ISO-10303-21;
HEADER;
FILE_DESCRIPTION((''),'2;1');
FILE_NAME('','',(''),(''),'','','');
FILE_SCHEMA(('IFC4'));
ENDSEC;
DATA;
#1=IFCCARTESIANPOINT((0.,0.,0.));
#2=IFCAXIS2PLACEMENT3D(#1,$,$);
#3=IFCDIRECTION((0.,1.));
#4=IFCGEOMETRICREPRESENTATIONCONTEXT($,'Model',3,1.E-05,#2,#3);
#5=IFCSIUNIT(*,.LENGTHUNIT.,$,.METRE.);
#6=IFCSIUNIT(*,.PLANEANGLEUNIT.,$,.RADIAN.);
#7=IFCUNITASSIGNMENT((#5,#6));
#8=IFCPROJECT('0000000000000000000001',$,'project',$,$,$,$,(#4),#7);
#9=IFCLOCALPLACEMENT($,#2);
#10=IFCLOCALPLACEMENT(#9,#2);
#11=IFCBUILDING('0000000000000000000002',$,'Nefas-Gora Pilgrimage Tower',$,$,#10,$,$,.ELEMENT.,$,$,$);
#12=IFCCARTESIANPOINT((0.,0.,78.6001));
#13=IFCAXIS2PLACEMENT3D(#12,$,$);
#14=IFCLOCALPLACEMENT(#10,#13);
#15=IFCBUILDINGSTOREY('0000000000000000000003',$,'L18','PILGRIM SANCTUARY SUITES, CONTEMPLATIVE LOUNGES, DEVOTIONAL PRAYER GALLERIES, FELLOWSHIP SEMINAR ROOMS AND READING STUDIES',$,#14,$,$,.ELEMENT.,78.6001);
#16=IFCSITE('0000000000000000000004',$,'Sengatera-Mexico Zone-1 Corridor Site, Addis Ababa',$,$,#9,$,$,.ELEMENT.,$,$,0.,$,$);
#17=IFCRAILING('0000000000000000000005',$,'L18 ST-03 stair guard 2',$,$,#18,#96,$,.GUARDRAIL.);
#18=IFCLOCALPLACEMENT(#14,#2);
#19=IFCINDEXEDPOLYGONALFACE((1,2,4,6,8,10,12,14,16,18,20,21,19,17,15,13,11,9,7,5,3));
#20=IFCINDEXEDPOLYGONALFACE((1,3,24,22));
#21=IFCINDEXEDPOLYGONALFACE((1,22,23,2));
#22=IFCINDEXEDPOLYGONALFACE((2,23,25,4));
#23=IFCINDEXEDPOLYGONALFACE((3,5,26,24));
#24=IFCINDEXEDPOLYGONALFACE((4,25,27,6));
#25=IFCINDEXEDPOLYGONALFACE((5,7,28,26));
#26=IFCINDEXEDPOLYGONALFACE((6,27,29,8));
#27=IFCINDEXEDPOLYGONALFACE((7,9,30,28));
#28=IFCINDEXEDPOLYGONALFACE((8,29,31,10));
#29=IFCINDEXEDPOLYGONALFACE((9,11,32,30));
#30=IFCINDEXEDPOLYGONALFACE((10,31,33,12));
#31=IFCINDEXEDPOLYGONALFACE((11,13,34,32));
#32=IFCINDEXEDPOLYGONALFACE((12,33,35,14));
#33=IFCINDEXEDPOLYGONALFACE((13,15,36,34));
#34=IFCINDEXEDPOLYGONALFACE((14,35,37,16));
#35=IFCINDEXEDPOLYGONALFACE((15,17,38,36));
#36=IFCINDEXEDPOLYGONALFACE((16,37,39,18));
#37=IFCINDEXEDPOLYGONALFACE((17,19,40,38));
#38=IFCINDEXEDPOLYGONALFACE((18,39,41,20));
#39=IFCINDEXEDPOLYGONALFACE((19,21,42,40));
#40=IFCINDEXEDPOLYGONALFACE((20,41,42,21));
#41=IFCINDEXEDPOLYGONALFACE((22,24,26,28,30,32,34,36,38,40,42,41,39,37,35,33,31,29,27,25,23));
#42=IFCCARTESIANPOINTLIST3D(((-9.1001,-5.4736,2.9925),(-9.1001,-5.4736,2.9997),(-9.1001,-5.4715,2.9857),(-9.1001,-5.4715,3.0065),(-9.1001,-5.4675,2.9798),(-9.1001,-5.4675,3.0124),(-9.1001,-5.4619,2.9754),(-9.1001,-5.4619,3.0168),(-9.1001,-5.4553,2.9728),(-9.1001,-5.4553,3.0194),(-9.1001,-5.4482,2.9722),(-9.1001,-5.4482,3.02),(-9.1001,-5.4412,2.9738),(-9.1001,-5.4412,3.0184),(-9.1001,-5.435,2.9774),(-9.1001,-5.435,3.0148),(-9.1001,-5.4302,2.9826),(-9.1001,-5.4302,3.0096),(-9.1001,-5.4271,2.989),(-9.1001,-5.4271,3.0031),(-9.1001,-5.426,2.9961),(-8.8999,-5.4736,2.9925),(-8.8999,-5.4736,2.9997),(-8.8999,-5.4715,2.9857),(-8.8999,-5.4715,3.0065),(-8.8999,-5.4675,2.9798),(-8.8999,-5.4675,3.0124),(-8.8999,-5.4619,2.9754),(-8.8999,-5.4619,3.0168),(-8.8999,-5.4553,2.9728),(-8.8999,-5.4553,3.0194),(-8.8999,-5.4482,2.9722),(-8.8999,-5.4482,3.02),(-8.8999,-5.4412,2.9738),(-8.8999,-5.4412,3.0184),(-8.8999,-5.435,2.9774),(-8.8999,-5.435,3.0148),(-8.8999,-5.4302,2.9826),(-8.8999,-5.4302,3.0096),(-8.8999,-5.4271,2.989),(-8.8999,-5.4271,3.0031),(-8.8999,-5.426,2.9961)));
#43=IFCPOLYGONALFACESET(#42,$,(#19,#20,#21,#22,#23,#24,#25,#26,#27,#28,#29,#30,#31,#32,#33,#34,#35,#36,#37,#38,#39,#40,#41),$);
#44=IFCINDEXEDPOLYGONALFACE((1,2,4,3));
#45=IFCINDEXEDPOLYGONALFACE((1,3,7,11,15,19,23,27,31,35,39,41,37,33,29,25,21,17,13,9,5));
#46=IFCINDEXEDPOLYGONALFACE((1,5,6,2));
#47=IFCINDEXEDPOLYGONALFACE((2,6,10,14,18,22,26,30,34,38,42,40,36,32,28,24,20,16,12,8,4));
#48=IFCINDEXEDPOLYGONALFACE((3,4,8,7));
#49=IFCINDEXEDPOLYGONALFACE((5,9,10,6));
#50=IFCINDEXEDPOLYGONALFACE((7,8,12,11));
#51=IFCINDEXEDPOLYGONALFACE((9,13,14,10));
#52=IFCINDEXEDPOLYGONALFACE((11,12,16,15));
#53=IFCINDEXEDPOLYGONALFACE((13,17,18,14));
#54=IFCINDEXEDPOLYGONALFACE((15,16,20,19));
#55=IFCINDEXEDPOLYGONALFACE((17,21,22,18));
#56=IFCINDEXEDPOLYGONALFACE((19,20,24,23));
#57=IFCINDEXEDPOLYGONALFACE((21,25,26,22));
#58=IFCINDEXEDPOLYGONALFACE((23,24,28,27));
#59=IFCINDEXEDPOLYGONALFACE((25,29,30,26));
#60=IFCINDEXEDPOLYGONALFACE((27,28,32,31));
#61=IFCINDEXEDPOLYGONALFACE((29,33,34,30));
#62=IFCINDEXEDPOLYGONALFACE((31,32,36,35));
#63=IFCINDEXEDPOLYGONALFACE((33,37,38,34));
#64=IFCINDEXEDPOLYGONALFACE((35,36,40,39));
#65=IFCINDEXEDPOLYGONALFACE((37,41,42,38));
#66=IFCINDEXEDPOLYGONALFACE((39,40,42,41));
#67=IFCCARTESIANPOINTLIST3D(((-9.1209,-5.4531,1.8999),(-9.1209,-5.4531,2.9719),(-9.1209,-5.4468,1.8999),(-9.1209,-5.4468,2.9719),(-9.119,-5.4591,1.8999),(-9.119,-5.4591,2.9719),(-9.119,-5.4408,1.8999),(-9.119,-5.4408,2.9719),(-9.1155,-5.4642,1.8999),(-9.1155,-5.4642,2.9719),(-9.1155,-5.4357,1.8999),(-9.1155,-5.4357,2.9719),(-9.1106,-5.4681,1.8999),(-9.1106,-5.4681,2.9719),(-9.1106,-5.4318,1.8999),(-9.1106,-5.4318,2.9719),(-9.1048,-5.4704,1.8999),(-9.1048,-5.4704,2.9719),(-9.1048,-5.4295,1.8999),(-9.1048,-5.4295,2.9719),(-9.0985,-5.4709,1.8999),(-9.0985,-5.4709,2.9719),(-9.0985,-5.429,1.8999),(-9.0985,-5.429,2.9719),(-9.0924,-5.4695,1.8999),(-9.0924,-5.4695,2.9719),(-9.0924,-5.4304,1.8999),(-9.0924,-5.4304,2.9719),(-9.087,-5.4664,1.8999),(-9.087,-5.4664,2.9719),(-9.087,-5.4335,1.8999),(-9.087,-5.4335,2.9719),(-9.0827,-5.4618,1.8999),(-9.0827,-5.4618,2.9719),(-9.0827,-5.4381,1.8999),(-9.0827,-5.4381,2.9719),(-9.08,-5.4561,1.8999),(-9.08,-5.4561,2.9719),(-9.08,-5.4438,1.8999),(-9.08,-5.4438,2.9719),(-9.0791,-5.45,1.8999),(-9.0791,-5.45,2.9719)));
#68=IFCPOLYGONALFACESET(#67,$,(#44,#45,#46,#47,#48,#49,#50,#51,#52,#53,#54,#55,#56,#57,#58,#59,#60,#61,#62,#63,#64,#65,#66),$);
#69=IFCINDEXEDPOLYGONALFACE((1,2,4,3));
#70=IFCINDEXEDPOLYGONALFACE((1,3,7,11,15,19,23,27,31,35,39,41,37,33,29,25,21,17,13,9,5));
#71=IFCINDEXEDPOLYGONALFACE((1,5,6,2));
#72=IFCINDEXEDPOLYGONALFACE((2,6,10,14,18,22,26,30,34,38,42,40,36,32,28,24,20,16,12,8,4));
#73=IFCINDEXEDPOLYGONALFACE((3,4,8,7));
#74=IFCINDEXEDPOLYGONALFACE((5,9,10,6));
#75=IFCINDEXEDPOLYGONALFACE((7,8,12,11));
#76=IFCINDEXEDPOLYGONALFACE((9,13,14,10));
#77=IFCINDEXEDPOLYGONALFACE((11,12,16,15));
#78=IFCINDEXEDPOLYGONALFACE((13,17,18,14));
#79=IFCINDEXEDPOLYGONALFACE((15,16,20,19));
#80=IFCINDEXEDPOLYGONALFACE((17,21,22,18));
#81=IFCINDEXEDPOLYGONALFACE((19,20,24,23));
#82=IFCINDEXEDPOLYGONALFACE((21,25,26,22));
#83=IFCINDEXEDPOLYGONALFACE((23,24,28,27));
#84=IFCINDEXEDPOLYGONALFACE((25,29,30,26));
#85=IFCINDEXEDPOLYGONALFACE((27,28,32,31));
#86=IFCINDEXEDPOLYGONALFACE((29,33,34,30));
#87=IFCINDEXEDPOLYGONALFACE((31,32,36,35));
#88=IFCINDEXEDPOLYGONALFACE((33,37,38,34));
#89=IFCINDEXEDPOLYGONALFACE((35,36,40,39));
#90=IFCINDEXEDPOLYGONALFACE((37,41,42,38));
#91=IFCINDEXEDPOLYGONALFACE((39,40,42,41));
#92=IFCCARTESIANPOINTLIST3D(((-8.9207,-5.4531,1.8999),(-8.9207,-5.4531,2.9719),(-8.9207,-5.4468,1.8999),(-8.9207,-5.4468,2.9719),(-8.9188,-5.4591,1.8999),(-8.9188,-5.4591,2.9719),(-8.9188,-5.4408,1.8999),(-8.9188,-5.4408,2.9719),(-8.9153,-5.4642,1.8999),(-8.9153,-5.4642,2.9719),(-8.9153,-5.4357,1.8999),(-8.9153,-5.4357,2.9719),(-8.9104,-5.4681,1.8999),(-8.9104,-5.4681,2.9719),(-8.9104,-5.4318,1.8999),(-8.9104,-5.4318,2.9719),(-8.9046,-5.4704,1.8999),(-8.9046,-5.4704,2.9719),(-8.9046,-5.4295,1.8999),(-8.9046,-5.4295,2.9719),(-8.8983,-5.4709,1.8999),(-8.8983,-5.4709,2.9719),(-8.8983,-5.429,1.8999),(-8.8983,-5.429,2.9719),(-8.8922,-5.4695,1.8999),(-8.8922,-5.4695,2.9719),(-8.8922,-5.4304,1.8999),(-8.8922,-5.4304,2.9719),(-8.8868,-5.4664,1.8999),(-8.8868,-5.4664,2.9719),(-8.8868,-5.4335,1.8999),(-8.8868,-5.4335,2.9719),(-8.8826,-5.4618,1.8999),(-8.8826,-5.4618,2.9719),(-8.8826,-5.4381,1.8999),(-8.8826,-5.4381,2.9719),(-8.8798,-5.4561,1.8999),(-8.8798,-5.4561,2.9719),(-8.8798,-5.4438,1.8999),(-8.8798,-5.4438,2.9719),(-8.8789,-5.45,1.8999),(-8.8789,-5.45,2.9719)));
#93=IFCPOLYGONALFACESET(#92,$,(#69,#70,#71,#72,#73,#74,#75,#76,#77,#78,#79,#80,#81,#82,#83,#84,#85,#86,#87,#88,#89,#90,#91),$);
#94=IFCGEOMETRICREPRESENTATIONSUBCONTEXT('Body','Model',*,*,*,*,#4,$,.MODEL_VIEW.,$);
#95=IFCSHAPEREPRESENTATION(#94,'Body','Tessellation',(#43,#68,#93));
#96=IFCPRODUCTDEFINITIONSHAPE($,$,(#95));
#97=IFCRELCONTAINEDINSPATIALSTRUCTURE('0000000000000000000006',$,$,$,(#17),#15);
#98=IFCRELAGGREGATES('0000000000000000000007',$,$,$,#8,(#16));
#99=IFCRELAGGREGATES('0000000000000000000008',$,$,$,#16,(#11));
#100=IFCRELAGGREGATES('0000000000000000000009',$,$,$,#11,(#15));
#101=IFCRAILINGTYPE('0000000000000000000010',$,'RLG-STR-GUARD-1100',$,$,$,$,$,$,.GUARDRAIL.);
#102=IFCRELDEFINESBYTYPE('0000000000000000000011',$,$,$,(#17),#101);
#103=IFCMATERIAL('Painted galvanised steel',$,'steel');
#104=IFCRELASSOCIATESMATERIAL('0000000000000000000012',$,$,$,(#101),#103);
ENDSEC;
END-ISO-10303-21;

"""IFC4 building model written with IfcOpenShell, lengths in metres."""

from ifc_helpers import new_model, si_unit, direction, frame, origin, origin_2d, place, context, subcontext, project, spatial, circle, extrude, material, type_object, element, save


model = new_model("IFC4")

# Units and contexts
model_context = context("Model", 3, precision=1e-05, world=origin(), true_north=direction((0.0, 1.0)))
body_context = subcontext(model_context, "Body", "Model", "MODEL_VIEW")
ifc_project = project(units=[si_unit("LENGTHUNIT", "METRE"), si_unit("PLANEANGLEUNIT", "RADIAN")], contexts=[model_context])

# Site, building, storey
site_placement = place(None, origin())
site = spatial("IfcSite", under=ifc_project, at=site_placement, Name="Sengatera-Mexico Zone-1 Corridor Site, Addis Ababa", CompositionType="ELEMENT", RefElevation=0.0)
building_placement = place(site_placement, origin())
building = spatial("IfcBuilding", under=site, at=building_placement, Name="Nefas-Gora Pilgrimage Tower", CompositionType="ELEMENT")
storey_placement = place(building_placement, frame((0.0, 0.0, 78.6001)))
storey = spatial("IfcBuildingStorey", under=building, at=storey_placement, Name="L18", Description="PILGRIM SANCTUARY SUITES, CONTEMPLATIVE LOUNGES, DEVOTIONAL PRAYER GALLERIES, FELLOWSHIP SEMINAR ROOMS AND READING STUDIES", CompositionType="ELEMENT", Elevation=78.6001)

# Railing
ifc_material_1 = material(Name="Painted galvanised steel", Category="steel")
railing_type_1 = type_object("IfcRailingType", Name="RLG-STR-GUARD-1100", PredefinedType="GUARDRAIL", material=ifc_material_1)
railing_1_placement = place(storey_placement, frame((-9.1001, -5.45, 1.8999)))
element("IfcRailing", 1, at=railing_1_placement, inside=storey, type_object=railing_type_1, Name="L18 ST-03 stair guard 2", PredefinedType="GUARDRAIL", context=body_context, shape_type="SweptSolid", body=[
    extrude(circle(Radius=0.0239, at=origin_2d()), frame((0.0, 0.0, 1.0962), z_axis=(1.0, 0.0, 0.0), x_axis=(0.0, 1.0, 0.0)), (0.0, 0.0, 1.0), 0.2002),
    extrude(circle(Radius=0.021, at=origin_2d()), origin(), (0.0, 0.0, 1.0), 1.072),
    extrude(circle(Radius=0.021, at=origin_2d()), frame((0.2002, 0.0, 0.0)), (0.0, 0.0, 1.0), 1.072),
])

save(model, "model.ifc")
